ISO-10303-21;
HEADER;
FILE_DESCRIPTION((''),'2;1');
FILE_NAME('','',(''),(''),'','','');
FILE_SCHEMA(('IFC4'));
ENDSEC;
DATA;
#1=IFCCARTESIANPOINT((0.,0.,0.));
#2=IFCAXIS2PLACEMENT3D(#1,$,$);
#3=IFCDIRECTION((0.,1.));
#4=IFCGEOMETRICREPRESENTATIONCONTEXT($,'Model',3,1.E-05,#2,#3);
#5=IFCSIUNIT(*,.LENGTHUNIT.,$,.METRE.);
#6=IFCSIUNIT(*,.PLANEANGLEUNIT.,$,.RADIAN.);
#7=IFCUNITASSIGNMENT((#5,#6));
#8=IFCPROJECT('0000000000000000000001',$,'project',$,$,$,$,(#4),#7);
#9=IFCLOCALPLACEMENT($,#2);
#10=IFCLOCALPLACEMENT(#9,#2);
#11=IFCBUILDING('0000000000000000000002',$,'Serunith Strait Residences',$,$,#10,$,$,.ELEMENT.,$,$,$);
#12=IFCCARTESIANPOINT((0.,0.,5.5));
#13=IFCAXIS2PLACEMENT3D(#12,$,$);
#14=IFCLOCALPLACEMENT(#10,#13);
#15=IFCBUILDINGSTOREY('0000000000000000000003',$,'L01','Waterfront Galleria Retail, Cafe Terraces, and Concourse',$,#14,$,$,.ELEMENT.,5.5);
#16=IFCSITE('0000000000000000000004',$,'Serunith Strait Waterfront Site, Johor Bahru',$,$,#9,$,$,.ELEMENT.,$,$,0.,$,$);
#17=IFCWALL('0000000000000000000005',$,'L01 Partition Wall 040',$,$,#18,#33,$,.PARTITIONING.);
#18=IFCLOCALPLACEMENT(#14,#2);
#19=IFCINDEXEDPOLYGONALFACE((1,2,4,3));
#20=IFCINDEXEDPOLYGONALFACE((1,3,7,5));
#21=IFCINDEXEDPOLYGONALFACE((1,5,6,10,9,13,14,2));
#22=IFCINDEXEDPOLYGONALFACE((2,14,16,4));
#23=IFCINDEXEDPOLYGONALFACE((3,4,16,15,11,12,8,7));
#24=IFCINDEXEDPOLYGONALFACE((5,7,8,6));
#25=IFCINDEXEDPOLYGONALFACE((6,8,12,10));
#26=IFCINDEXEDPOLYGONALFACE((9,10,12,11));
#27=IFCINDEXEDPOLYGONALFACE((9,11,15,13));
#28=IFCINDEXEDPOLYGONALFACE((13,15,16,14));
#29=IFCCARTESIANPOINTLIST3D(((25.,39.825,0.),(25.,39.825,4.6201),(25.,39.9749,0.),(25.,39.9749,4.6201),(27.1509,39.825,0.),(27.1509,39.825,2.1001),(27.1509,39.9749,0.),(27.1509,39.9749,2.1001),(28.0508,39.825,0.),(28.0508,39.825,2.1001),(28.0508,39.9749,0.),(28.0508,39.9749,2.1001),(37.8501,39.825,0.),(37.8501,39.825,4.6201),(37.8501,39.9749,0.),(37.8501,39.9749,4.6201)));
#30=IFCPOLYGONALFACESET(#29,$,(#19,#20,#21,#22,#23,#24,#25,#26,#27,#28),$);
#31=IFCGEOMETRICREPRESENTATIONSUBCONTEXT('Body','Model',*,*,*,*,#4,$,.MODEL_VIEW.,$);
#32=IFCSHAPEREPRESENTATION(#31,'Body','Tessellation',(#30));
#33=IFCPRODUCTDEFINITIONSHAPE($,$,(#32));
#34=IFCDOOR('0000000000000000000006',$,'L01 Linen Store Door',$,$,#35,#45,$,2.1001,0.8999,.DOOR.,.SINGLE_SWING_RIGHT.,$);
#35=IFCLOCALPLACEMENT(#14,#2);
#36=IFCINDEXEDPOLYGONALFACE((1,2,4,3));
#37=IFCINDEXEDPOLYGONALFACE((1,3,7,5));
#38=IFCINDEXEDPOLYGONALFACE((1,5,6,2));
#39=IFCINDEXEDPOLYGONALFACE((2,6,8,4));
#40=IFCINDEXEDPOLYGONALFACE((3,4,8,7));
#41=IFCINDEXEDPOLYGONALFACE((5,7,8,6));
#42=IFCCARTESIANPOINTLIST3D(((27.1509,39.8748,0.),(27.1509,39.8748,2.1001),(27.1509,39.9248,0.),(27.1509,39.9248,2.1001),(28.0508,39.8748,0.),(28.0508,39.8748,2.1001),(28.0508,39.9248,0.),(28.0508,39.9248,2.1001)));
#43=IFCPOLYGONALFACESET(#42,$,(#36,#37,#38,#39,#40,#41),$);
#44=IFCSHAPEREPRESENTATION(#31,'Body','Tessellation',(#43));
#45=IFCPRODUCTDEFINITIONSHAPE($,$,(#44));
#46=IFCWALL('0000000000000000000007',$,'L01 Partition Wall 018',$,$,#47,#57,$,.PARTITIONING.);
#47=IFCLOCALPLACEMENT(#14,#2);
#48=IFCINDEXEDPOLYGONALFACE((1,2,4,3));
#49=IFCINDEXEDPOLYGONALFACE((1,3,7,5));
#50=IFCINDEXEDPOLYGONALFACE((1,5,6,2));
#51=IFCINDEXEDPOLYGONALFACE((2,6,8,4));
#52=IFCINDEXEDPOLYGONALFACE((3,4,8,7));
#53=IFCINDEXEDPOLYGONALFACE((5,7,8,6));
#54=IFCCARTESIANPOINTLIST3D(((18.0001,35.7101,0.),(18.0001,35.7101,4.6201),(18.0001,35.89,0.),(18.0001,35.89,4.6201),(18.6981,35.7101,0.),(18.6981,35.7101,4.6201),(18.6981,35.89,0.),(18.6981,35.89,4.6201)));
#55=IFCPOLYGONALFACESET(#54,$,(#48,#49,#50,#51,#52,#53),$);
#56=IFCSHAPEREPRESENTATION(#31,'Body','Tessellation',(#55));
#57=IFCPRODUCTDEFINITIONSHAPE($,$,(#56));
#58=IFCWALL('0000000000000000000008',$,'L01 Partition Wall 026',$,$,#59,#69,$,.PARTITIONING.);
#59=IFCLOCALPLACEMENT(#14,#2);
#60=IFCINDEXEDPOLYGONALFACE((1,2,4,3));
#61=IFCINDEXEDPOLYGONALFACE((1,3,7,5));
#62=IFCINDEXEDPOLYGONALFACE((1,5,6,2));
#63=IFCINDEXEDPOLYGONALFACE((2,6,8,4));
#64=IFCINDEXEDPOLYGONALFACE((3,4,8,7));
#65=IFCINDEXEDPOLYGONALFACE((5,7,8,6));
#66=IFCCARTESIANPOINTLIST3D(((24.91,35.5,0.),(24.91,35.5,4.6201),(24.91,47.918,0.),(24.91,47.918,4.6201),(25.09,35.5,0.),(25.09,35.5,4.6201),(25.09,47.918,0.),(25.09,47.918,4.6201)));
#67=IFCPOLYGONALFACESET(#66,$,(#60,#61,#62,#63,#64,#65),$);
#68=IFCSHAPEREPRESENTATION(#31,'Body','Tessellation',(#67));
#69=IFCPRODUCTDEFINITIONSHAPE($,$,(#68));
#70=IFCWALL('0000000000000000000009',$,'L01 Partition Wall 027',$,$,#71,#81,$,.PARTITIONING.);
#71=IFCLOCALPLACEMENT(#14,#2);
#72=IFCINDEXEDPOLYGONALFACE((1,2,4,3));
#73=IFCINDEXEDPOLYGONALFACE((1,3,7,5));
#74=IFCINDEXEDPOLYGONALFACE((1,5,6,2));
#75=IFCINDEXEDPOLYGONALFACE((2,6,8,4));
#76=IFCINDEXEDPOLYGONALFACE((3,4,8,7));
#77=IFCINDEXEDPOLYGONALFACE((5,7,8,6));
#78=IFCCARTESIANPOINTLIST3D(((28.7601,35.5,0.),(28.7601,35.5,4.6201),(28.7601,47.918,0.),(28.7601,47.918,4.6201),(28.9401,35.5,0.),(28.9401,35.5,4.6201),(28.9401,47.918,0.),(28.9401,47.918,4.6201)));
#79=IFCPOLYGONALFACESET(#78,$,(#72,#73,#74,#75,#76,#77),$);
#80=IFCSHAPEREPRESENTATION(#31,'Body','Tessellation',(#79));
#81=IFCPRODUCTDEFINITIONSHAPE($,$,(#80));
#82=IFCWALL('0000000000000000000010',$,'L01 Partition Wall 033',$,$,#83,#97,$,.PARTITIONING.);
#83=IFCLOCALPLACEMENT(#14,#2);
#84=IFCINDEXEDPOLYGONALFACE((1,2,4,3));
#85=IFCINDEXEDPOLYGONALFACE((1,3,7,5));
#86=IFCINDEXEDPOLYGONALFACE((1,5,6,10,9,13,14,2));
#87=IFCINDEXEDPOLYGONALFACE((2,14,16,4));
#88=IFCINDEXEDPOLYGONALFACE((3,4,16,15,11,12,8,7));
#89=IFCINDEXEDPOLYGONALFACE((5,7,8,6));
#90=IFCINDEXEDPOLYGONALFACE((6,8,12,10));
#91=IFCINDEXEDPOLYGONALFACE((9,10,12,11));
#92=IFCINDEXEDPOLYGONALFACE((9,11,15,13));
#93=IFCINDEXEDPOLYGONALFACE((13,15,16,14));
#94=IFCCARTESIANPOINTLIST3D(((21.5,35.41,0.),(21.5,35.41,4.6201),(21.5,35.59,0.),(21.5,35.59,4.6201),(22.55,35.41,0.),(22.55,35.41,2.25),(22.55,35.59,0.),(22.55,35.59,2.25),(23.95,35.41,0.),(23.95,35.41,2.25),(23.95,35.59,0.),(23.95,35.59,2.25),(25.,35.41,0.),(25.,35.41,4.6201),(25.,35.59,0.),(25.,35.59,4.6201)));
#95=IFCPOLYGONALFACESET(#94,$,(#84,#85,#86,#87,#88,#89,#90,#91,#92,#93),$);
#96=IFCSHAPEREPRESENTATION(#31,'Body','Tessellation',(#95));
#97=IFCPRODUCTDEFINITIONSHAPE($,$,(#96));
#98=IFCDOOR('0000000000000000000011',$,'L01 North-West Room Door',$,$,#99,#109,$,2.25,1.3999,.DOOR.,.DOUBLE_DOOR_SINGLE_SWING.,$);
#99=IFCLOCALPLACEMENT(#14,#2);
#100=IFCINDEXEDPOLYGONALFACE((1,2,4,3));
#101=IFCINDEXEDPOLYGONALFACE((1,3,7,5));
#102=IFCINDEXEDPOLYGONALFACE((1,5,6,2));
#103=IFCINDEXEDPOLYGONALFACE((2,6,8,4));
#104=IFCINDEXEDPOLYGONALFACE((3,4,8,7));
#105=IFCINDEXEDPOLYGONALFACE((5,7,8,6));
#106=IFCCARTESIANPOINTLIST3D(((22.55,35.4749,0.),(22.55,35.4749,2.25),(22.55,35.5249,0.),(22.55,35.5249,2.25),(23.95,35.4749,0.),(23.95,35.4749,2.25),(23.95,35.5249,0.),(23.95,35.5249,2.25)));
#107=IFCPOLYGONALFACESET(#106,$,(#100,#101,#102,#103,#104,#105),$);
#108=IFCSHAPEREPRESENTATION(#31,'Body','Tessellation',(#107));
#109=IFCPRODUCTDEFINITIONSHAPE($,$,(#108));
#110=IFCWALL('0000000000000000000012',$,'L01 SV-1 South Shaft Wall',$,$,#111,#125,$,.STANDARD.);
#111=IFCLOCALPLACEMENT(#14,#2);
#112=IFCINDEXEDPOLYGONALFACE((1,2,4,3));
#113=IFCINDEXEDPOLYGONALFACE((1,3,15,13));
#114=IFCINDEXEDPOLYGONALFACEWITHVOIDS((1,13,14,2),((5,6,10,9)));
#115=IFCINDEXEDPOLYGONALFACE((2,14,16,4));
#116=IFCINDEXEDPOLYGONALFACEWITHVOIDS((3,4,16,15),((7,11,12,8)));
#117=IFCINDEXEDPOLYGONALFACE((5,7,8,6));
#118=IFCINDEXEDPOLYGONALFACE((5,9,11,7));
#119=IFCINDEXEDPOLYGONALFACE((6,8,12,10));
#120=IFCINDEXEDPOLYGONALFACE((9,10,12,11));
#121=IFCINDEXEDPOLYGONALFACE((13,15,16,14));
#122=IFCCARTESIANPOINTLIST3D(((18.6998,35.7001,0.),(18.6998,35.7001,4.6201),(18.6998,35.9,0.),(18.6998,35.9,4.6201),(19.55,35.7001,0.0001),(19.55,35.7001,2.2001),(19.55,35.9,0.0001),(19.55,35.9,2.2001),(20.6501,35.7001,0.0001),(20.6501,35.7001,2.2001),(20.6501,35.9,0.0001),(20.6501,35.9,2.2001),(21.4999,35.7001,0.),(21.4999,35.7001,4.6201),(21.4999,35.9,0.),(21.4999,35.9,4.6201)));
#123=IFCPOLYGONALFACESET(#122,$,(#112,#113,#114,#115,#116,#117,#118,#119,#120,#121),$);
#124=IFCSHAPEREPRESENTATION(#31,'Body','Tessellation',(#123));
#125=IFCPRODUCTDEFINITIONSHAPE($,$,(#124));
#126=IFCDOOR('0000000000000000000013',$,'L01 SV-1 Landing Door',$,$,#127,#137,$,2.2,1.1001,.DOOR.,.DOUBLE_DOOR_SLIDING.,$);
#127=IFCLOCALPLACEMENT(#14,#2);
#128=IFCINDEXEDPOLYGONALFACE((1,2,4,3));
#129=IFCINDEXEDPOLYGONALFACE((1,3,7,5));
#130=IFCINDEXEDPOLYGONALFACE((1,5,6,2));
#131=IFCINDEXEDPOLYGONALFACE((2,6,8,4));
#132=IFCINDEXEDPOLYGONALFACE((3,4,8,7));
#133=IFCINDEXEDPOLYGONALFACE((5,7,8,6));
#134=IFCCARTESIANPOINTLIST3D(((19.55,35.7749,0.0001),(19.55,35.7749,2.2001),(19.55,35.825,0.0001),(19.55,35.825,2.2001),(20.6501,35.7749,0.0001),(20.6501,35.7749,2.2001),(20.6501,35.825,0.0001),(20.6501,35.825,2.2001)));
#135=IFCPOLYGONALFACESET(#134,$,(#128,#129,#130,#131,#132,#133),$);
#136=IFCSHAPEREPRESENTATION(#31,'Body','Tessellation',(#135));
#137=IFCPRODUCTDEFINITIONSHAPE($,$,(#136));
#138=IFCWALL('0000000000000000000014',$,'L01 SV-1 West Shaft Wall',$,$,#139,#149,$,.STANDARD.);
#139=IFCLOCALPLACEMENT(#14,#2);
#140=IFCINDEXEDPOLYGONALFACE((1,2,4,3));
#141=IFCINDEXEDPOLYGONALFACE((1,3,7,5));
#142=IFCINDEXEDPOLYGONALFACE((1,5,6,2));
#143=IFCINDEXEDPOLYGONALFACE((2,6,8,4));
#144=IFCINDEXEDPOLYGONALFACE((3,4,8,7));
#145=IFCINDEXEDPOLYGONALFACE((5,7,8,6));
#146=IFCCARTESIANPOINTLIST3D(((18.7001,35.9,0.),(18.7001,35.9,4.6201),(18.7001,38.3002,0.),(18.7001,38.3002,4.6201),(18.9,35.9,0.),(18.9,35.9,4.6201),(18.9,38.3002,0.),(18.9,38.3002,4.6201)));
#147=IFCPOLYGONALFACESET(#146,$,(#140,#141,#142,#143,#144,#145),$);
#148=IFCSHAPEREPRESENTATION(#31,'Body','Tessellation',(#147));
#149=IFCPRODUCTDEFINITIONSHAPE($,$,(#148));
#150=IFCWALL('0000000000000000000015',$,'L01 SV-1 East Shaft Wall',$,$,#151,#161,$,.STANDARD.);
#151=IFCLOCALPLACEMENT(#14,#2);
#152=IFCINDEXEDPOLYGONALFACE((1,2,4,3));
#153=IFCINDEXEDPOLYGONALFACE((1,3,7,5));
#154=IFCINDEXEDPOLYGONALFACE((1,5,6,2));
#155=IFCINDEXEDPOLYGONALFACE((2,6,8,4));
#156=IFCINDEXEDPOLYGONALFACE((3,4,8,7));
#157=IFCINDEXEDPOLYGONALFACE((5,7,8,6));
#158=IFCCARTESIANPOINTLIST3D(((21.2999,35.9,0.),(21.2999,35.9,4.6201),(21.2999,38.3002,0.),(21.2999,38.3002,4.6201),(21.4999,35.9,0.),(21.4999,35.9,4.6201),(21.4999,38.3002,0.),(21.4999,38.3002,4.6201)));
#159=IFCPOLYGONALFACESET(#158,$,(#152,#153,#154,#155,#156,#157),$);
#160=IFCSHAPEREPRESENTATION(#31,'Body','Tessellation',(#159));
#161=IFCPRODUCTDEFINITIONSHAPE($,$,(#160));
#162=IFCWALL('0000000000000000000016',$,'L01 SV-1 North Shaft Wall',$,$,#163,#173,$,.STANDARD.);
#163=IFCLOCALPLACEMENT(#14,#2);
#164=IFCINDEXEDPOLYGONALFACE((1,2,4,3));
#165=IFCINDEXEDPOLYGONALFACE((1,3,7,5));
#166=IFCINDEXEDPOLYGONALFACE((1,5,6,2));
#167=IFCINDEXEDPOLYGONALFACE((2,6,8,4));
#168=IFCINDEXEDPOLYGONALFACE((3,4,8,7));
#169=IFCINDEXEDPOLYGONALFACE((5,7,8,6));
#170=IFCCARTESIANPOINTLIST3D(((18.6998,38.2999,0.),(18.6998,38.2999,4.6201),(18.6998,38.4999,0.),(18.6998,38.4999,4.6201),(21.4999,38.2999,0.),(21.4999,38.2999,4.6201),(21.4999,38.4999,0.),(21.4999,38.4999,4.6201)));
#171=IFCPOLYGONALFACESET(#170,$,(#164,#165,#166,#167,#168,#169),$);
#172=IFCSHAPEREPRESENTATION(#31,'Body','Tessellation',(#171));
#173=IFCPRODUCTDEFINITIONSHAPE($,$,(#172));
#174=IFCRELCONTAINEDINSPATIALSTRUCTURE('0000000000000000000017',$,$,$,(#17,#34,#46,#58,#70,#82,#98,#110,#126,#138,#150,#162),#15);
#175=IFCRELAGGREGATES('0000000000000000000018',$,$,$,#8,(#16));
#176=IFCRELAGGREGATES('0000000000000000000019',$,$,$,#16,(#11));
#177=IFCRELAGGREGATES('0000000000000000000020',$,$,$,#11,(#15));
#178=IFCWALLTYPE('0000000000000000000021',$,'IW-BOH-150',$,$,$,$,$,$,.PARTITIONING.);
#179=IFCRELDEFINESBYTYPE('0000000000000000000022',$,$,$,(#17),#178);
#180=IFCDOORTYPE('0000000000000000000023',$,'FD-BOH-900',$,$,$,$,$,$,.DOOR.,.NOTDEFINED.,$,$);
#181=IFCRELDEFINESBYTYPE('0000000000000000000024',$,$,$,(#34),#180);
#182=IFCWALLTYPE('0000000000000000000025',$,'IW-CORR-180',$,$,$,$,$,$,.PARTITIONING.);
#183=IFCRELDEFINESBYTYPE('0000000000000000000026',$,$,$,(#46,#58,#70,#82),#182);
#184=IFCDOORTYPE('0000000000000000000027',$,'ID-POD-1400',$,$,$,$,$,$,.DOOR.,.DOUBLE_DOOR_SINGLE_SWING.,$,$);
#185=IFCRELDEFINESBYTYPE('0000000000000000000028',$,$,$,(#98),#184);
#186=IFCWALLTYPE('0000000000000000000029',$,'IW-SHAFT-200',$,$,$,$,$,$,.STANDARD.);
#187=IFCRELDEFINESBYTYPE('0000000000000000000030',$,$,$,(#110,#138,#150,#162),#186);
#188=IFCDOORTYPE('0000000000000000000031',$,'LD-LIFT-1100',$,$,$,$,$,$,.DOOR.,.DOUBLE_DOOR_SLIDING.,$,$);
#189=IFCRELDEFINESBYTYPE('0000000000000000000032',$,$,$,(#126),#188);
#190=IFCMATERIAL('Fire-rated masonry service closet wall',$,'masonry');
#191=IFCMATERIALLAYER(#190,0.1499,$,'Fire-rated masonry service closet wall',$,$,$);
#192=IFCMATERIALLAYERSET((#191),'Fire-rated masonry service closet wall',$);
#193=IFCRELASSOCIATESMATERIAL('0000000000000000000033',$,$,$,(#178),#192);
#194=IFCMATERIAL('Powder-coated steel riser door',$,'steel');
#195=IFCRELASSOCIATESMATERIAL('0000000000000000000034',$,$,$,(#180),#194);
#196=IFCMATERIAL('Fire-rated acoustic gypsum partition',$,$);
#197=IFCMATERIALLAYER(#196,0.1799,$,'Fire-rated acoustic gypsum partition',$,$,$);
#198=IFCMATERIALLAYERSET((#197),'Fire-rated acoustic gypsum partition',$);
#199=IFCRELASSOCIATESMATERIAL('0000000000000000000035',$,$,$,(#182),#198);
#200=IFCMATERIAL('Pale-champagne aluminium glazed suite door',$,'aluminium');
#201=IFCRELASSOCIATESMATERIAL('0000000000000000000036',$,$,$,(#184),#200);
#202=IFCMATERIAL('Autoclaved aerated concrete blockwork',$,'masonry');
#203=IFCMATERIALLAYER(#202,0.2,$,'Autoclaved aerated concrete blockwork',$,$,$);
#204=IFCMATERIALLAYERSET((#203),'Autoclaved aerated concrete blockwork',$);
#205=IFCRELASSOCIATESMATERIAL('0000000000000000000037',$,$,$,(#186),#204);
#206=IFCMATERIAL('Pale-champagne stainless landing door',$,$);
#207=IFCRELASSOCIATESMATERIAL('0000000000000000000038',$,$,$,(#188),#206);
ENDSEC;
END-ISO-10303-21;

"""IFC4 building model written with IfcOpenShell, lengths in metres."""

from ifc_helpers import new_model, si_unit, direction, frame, frame_2d, origin, place, context, subcontext, project, spatial, rectangle, extrude, source, transform, mapped, material, layer, layer_set, type_object, element, fill, save


model = new_model("IFC4")

# Units and contexts
model_context = context("Model", 3, precision=1e-05, world=origin(), true_north=direction((0.0, 1.0)))
body_context = subcontext(model_context, "Body", "Model", "MODEL_VIEW")
ifc_project = project(units=[si_unit("LENGTHUNIT", "METRE"), si_unit("PLANEANGLEUNIT", "RADIAN")], contexts=[model_context])

# Site, building, storey
site_placement = place(None, origin())
site = spatial("IfcSite", under=ifc_project, at=site_placement, Name="Serunith Strait Waterfront Site, Johor Bahru", CompositionType="ELEMENT", RefElevation=0.0)
building_placement = place(site_placement, origin())
building = spatial("IfcBuilding", under=site, at=building_placement, Name="Serunith Strait Residences", CompositionType="ELEMENT")
storey_placement = place(building_placement, frame((0.0, 0.0, 5.5)))
storey = spatial("IfcBuildingStorey", under=building, at=storey_placement, Name="L01", Description="Waterfront Galleria Retail, Cafe Terraces, and Concourse", CompositionType="ELEMENT", Elevation=5.5)

# Wall, opening, door
ifc_material_1 = material(Name="Fire-rated masonry service closet wall", Category="masonry")
ifc_layer_1 = layer(ifc_material_1, 0.1499, Name="Fire-rated masonry service closet wall")
ifc_layer_set_1 = layer_set([ifc_layer_1], Name="Fire-rated masonry service closet wall")
wall_type_1 = type_object("IfcWallType", Name="IW-BOH-150", PredefinedType="PARTITIONING", material=ifc_layer_set_1)
wall_1_placement = place(storey_placement, frame((25.0, 39.8999, 0.0), z_axis=(0.0, 0.0, 1.0), x_axis=(1.0, 0.0, 0.0)))
wall_1 = element("IfcWall", 1, at=wall_1_placement, inside=storey, type_object=wall_type_1, Name="L01 Partition Wall 040", PredefinedType="PARTITIONING", context=body_context, shape_type="SweptSolid", body=[
    extrude(rectangle(XDim=12.8501, YDim=0.1499, at=frame_2d((6.425, 0.0))), origin(), (0.0, 0.0, 1.0), 4.6201),
])
opening_1_placement = place(wall_1_placement, frame((2.1509, 0.0, 0.0)))
opening_1 = element("IfcOpeningElement", 2, at=opening_1_placement, cuts=wall_1, PredefinedType="OPENING", context=body_context, shape_type="SweptSolid", body=[
    extrude(rectangle(XDim=0.8999, YDim=2.1001, at=frame_2d((0.45, 1.05))), frame((0.0, 0.085, 0.0), z_axis=(0.0, -1.0, 0.0), x_axis=(1.0, 0.0, 0.0)), (0.0, 0.0, 1.0), 0.1699),
])
ifc_material_2 = material(Name="Powder-coated steel riser door", Category="steel")
door_type_1 = type_object("IfcDoorType", Name="FD-BOH-900", OperationType="NOTDEFINED", PredefinedType="DOOR", material=ifc_material_2)
shared_shape_1 = source(origin(), body_context, "Body", "SweptSolid", [
    extrude(rectangle(XDim=0.8999, YDim=2.1001, at=frame_2d((0.45, 1.05))), frame((0.0, 0.0249, 0.0), z_axis=(0.0, -1.0, 0.0), x_axis=(1.0, 0.0, 0.0)), (0.0, 0.0, 1.0), 0.05),
])
door_1_placement = place(opening_1_placement, origin())
door_1 = element("IfcDoor", 3, at=door_1_placement, inside=storey, type_object=door_type_1, Name="L01 Linen Store Door", OperationType="SINGLE_SWING_RIGHT", OverallHeight=2.1001, OverallWidth=0.8999, PredefinedType="DOOR", context=body_context, shape_type="MappedRepresentation", body=[
    mapped(shared_shape_1, transform((0.0, 0.0, 0.0), scale=1.0)),
])
fill(opening_1, door_1)

# Walls
ifc_material_3 = material(Name="Fire-rated acoustic gypsum partition")
ifc_layer_2 = layer(ifc_material_3, 0.1799, Name="Fire-rated acoustic gypsum partition")
ifc_layer_set_2 = layer_set([ifc_layer_2], Name="Fire-rated acoustic gypsum partition")
wall_type_2 = type_object("IfcWallType", Name="IW-CORR-180", PredefinedType="PARTITIONING", material=ifc_layer_set_2)
wall_2_placement = place(storey_placement, frame((18.0, 35.8, 0.0), z_axis=(0.0, 0.0, 1.0), x_axis=(1.0, 0.0, 0.0)))
element("IfcWall", 4, at=wall_2_placement, inside=storey, type_object=wall_type_2, Name="L01 Partition Wall 018", PredefinedType="PARTITIONING", context=body_context, shape_type="SweptSolid", body=[
    extrude(rectangle(XDim=0.698, YDim=0.1799, at=frame_2d((0.3491, 0.0))), origin(), (0.0, 0.0, 1.0), 4.6201),
])
for number, where, z_axis, x_axis, name in (
    (5, (25.0, 35.5, 0.0), (0.0, 0.0, 1.0), (0.0, 1.0, 0.0), "L01 Partition Wall 026"),
    (6, (28.8501, 35.5, 0.0), (0.0, 0.0, 1.0), (0.0, 1.0, 0.0), "L01 Partition Wall 027"),
):
    element("IfcWall", number, at=place(storey_placement, frame(where, z_axis=z_axis, x_axis=x_axis)), inside=storey, type_object=wall_type_2, Name=name, PredefinedType="PARTITIONING", context=body_context, shape_type="SweptSolid", body=[
        extrude(rectangle(XDim=12.418, YDim=0.1799, at=frame_2d((6.209, 0.0))), origin(), (0.0, 0.0, 1.0), 4.6201),
    ])

# Walls, openings, doors
wall_3_placement = place(storey_placement, frame((21.5, 35.5, 0.0), z_axis=(0.0, 0.0, 1.0), x_axis=(1.0, 0.0, 0.0)))
wall_3 = element("IfcWall", 7, at=wall_3_placement, inside=storey, type_object=wall_type_2, Name="L01 Partition Wall 033", PredefinedType="PARTITIONING", context=body_context, shape_type="SweptSolid", body=[
    extrude(rectangle(XDim=3.5, YDim=0.1799, at=frame_2d((1.75, 0.0))), origin(), (0.0, 0.0, 1.0), 4.6201),
])
opening_2_placement = place(wall_3_placement, frame((1.05, 0.0, 0.0)))
opening_2 = element("IfcOpeningElement", 8, at=opening_2_placement, cuts=wall_3, PredefinedType="OPENING", context=body_context, shape_type="SweptSolid", body=[
    extrude(rectangle(XDim=1.3999, YDim=2.25, at=frame_2d((0.7, 1.125))), frame((0.0, 0.1001, 0.0), z_axis=(0.0, -1.0, 0.0), x_axis=(1.0, 0.0, 0.0)), (0.0, 0.0, 1.0), 0.2),
])
ifc_material_4 = material(Name="Pale-champagne aluminium glazed suite door", Category="aluminium")
door_type_2 = type_object("IfcDoorType", Name="ID-POD-1400", OperationType="DOUBLE_DOOR_SINGLE_SWING", PredefinedType="DOOR", material=ifc_material_4)
shared_shape_2 = source(origin(), body_context, "Body", "SweptSolid", [
    extrude(rectangle(XDim=1.3999, YDim=2.25, at=frame_2d((0.7, 1.125))), frame((0.0, 0.0249, 0.0), z_axis=(0.0, -1.0, 0.0), x_axis=(1.0, 0.0, 0.0)), (0.0, 0.0, 1.0), 0.05),
])
door_2_placement = place(opening_2_placement, origin())
door_2 = element("IfcDoor", 9, at=door_2_placement, inside=storey, type_object=door_type_2, Name="L01 North-West Room Door", OperationType="DOUBLE_DOOR_SINGLE_SWING", OverallHeight=2.25, OverallWidth=1.3999, PredefinedType="DOOR", context=body_context, shape_type="MappedRepresentation", body=[
    mapped(shared_shape_2, transform((0.0, 0.0, 0.0), scale=1.0)),
])
fill(opening_2, door_2)
ifc_material_5 = material(Name="Autoclaved aerated concrete blockwork", Category="masonry")
ifc_layer_3 = layer(ifc_material_5, 0.2, Name="Autoclaved aerated concrete blockwork")
ifc_layer_set_3 = layer_set([ifc_layer_3], Name="Autoclaved aerated concrete blockwork")
wall_type_3 = type_object("IfcWallType", Name="IW-SHAFT-200", PredefinedType="STANDARD", material=ifc_layer_set_3)
wall_4_placement = place(storey_placement, frame((18.7, 35.8, 0.0), z_axis=(0.0, 0.0, 1.0), x_axis=(1.0, 0.0, 0.0)))
wall_4 = element("IfcWall", 10, at=wall_4_placement, inside=storey, type_object=wall_type_3, Name="L01 SV-1 South Shaft Wall", PredefinedType="STANDARD", context=body_context, shape_type="SweptSolid", body=[
    extrude(rectangle(XDim=2.8, YDim=0.2, at=frame_2d((1.3999, 0.0))), origin(), (0.0, 0.0, 1.0), 4.6201),
])
opening_3_placement = place(wall_4_placement, frame((0.8501, 0.0, 0.0)))
opening_3 = element("IfcOpeningElement", 11, at=opening_3_placement, cuts=wall_4, PredefinedType="OPENING", context=body_context, shape_type="SweptSolid", body=[
    extrude(rectangle(XDim=1.1001, YDim=2.2, at=frame_2d((0.55, 1.1001))), frame((0.0, 0.1099, 0.0), z_axis=(0.0, -1.0, 0.0), x_axis=(1.0, 0.0, 0.0)), (0.0, 0.0, 1.0), 0.22),
])
ifc_material_6 = material(Name="Pale-champagne stainless landing door")
door_type_3 = type_object("IfcDoorType", Name="LD-LIFT-1100", OperationType="DOUBLE_DOOR_SLIDING", PredefinedType="DOOR", material=ifc_material_6)
shared_shape_3 = source(origin(), body_context, "Body", "SweptSolid", [
    extrude(rectangle(XDim=1.1001, YDim=2.2, at=frame_2d((0.55, 1.1001))), frame((0.0, 0.0249, 0.0), z_axis=(0.0, -1.0, 0.0), x_axis=(1.0, 0.0, 0.0)), (0.0, 0.0, 1.0), 0.05),
])
door_3_placement = place(opening_3_placement, origin())
door_3 = element("IfcDoor", 12, at=door_3_placement, inside=storey, type_object=door_type_3, Name="L01 SV-1 Landing Door", OperationType="DOUBLE_DOOR_SLIDING", OverallHeight=2.2, OverallWidth=1.1001, PredefinedType="DOOR", context=body_context, shape_type="MappedRepresentation", body=[
    mapped(shared_shape_3, transform((0.0, 0.0, 0.0), scale=1.0)),
])
fill(opening_3, door_3)

# Walls
for number, where, z_axis, x_axis, name in (
    (13, (18.8, 35.8999, 0.0), (0.0, 0.0, 1.0), (0.0, 1.0, 0.0), "L01 SV-1 West Shaft Wall"),
    (14, (21.3999, 35.8999, 0.0), (0.0, 0.0, 1.0), (0.0, 1.0, 0.0), "L01 SV-1 East Shaft Wall"),
):
    element("IfcWall", number, at=place(storey_placement, frame(where, z_axis=z_axis, x_axis=x_axis)), inside=storey, type_object=wall_type_3, Name=name, PredefinedType="STANDARD", context=body_context, shape_type="SweptSolid", body=[
        extrude(rectangle(XDim=2.4001, YDim=0.2, at=frame_2d((1.2002, 0.0))), origin(), (0.0, 0.0, 1.0), 4.6201),
    ])
wall_5_placement = place(storey_placement, frame((18.7, 38.3999, 0.0), z_axis=(0.0, 0.0, 1.0), x_axis=(1.0, 0.0, 0.0)))
element("IfcWall", 15, at=wall_5_placement, inside=storey, type_object=wall_type_3, Name="L01 SV-1 North Shaft Wall", PredefinedType="STANDARD", context=body_context, shape_type="SweptSolid", body=[
    extrude(rectangle(XDim=2.8, YDim=0.2, at=frame_2d((1.3999, 0.0))), origin(), (0.0, 0.0, 1.0), 4.6201),
])

save(model, "model.ifc")
